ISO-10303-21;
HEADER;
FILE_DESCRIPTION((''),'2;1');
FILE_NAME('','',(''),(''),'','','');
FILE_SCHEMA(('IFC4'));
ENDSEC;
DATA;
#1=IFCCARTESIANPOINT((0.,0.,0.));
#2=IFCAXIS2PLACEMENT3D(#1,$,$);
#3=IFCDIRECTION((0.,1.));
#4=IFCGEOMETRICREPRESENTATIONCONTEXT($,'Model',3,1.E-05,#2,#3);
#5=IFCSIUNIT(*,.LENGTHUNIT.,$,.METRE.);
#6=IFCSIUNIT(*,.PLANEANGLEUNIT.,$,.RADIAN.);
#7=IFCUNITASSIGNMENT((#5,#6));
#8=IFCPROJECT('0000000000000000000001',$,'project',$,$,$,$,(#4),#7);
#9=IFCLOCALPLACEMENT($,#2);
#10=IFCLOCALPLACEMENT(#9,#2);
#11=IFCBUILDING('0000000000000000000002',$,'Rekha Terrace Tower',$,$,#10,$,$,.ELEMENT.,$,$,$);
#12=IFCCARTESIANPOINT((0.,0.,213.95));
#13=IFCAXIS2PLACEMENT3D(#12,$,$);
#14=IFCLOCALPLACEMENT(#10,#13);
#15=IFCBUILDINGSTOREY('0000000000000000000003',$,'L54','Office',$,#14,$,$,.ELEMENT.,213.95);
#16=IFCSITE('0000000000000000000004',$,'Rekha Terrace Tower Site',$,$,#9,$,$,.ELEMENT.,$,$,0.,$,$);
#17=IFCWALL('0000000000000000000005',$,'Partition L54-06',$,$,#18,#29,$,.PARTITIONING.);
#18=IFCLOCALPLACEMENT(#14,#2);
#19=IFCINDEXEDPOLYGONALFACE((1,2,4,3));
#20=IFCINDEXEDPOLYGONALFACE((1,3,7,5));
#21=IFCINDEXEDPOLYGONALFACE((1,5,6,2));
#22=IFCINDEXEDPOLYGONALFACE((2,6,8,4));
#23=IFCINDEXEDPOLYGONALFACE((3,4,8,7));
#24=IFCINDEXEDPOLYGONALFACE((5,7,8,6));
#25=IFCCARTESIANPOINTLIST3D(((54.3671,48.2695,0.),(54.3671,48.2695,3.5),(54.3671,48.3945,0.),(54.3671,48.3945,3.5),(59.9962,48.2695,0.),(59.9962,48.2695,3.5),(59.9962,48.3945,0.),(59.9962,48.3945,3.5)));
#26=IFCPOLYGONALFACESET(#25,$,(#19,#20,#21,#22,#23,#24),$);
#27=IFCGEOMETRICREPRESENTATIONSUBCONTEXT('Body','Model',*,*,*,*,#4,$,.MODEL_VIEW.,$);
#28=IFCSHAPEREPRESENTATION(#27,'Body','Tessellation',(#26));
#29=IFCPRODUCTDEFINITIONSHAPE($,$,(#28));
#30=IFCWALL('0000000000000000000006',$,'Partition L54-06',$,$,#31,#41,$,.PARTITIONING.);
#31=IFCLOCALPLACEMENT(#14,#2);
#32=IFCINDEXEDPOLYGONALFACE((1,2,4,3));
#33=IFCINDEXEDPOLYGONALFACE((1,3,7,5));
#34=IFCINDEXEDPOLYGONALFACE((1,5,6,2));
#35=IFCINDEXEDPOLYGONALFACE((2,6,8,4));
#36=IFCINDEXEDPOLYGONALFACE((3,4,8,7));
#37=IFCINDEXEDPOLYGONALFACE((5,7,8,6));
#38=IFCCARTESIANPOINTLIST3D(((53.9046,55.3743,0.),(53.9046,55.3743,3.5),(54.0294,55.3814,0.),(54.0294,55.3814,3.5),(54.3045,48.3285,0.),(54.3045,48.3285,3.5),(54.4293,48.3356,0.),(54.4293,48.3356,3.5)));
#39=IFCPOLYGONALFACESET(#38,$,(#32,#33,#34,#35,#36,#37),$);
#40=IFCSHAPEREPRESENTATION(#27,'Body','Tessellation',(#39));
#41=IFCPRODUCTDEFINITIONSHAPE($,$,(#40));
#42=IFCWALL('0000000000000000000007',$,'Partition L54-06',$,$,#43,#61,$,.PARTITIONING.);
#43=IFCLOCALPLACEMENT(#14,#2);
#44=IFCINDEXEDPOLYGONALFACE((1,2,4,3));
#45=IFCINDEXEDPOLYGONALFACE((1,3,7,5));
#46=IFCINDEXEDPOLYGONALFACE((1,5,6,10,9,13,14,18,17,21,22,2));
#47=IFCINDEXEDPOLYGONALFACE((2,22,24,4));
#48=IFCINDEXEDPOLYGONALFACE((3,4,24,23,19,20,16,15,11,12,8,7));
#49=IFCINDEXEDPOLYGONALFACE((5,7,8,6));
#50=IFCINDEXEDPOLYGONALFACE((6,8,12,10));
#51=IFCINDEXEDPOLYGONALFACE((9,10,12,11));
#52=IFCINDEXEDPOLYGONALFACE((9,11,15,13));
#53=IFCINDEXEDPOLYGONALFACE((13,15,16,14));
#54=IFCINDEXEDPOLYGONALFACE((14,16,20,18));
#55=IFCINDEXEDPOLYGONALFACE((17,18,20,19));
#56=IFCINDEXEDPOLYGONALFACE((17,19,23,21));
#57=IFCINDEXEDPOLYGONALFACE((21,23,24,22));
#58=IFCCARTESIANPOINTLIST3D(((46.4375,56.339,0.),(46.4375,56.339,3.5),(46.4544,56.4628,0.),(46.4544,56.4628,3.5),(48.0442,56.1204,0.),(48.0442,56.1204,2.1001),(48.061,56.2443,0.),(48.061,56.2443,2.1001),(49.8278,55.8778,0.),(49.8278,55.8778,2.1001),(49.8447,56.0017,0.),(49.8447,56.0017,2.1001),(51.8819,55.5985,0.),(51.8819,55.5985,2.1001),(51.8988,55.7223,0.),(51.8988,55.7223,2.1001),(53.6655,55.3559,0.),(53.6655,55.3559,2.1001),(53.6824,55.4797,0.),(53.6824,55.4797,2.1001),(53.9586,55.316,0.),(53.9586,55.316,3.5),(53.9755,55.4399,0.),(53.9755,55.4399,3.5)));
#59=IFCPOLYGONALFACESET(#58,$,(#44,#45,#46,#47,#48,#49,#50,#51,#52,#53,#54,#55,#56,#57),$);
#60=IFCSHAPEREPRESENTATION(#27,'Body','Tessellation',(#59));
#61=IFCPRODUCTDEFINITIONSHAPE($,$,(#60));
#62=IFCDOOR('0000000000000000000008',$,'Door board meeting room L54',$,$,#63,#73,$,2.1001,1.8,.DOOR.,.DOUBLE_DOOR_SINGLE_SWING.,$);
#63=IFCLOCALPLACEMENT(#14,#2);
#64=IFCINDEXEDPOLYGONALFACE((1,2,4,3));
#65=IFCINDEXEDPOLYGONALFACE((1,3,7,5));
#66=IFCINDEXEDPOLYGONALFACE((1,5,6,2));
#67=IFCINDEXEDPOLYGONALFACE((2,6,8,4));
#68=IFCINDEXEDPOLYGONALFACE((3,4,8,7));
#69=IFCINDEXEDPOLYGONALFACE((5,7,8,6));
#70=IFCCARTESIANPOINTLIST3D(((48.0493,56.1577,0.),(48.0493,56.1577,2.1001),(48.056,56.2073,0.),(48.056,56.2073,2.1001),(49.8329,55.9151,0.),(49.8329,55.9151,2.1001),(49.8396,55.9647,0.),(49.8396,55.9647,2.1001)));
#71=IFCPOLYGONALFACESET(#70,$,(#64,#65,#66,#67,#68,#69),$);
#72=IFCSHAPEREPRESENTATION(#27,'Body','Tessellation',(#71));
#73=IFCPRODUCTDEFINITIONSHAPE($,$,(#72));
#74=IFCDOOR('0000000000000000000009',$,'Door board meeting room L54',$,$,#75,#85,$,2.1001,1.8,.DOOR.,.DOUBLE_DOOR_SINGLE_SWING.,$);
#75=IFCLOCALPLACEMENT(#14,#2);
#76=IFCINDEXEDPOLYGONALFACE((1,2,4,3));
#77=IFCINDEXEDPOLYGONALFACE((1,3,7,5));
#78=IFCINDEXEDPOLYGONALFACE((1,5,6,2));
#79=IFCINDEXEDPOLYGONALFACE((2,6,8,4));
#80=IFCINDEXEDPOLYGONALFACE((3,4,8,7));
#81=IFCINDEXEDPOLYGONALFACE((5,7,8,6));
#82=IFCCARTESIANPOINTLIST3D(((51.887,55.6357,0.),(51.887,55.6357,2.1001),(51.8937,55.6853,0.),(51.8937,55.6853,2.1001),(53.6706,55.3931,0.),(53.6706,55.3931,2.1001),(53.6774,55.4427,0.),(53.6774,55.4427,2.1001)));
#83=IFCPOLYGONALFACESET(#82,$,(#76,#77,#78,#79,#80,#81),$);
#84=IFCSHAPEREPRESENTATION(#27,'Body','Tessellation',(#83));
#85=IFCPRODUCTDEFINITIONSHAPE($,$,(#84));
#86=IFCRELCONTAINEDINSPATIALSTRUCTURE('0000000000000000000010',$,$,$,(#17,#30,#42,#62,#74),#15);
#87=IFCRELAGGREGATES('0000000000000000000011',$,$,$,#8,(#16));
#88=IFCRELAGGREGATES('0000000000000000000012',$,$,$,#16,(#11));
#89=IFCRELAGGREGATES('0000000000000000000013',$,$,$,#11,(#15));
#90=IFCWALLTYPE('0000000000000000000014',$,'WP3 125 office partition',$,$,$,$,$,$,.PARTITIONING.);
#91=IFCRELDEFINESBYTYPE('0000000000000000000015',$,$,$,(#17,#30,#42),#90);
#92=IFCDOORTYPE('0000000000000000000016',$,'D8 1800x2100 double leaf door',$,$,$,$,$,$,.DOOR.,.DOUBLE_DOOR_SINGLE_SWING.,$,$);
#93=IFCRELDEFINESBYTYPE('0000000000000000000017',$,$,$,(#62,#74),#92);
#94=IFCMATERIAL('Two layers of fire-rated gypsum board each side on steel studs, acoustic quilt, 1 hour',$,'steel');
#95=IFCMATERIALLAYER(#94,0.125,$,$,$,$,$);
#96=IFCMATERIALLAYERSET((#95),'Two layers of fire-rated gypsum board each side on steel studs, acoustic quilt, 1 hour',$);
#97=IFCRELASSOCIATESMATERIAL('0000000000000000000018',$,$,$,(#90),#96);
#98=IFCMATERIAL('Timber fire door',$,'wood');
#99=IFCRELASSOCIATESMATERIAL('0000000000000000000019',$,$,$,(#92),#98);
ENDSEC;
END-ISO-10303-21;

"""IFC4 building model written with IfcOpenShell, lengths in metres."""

from ifc_helpers import new_model, si_unit, direction, frame, frame_2d, origin, place, context, subcontext, project, spatial, rectangle, extrude, material, layer, layer_set, type_object, element, fill, save


model = new_model("IFC4")

# Units and contexts
model_context = context("Model", 3, precision=1e-05, world=origin(), true_north=direction((0.0, 1.0)))
body_context = subcontext(model_context, "Body", "Model", "MODEL_VIEW")
ifc_project = project(units=[si_unit("LENGTHUNIT", "METRE"), si_unit("PLANEANGLEUNIT", "RADIAN")], contexts=[model_context])

# Site, building, storey
site_placement = place(None, origin())
site = spatial("IfcSite", under=ifc_project, at=site_placement, Name="Rekha Terrace Tower Site", CompositionType="ELEMENT", RefElevation=0.0)
building_placement = place(site_placement, origin())
building = spatial("IfcBuilding", under=site, at=building_placement, Name="Rekha Terrace Tower", CompositionType="ELEMENT")
storey_placement = place(building_placement, frame((0.0, 0.0, 213.95)))
storey = spatial("IfcBuildingStorey", under=building, at=storey_placement, Name="L54", Description="Office", CompositionType="ELEMENT", Elevation=213.95)

# Walls
ifc_material_1 = material(Name="Two layers of fire-rated gypsum board each side on steel studs, acoustic quilt, 1 hour", Category="steel")
ifc_layer_1 = layer(ifc_material_1, 0.125)
ifc_layer_set_1 = layer_set([ifc_layer_1], Name="Two layers of fire-rated gypsum board each side on steel studs, acoustic quilt, 1 hour")
wall_type = type_object("IfcWallType", Name="WP3 125 office partition", PredefinedType="PARTITIONING", material=ifc_layer_set_1)
wall_1_placement = place(storey_placement, frame((59.9961, 48.332, 0.0), z_axis=(0.0, 0.0, 1.0), x_axis=(-1.0, 0.0, 0.0)))
element("IfcWall", 1, at=wall_1_placement, inside=storey, type_object=wall_type, Name="Partition L54-06", PredefinedType="PARTITIONING", context=body_context, shape_type="SweptSolid", body=[
    extrude(rectangle(XDim=5.6292, YDim=0.125, at=frame_2d((2.8145, 0.0))), origin(), (0.0, 0.0, 1.0), 3.5),
])
wall_2_placement = place(storey_placement, frame((54.3669, 48.332, 0.0), z_axis=(0.0, 0.0, 1.0), x_axis=(-0.056666, 0.998393, 0.0)))
element("IfcWall", 2, at=wall_2_placement, inside=storey, type_object=wall_type, Name="Partition L54-06", PredefinedType="PARTITIONING", context=body_context, shape_type="SweptSolid", body=[
    extrude(rectangle(XDim=7.0571, YDim=0.125, at=frame_2d((3.5286, 0.0))), origin(), (0.0, 0.0, 1.0), 3.5),
])

# Wall, openings, doors
wall_3_placement = place(storey_placement, frame((53.967, 55.3779, 0.0), z_axis=(0.0, 0.0, 1.0), x_axis=(-0.990877, 0.134772, 0.0)))
wall_3 = element("IfcWall", 3, at=wall_3_placement, inside=storey, type_object=wall_type, Name="Partition L54-06", PredefinedType="PARTITIONING", context=body_context, shape_type="SweptSolid", body=[
    extrude(rectangle(XDim=7.5903, YDim=0.125, at=frame_2d((3.7952, 0.0))), origin(), (0.0, 0.0, 1.0), 3.5),
])
opening_1_placement = place(wall_3_placement, frame((4.1689, 0.0, 0.0)))
opening_1 = element("IfcOpeningElement", 4, at=opening_1_placement, cuts=wall_3, PredefinedType="OPENING", context=body_context, shape_type="SweptSolid", body=[
    extrude(rectangle(XDim=1.8, YDim=2.1001, at=frame_2d((0.8999, 1.05))), frame((0.0, 0.0725, 0.0), z_axis=(0.0, -1.0, 0.0), x_axis=(1.0, 0.0, 0.0)), (0.0, 0.0, 1.0), 0.145),
])
opening_2_placement = place(wall_3_placement, frame((0.2959, 0.0, 0.0)))
opening_2 = element("IfcOpeningElement", 5, at=opening_2_placement, cuts=wall_3, PredefinedType="OPENING", context=body_context, shape_type="SweptSolid", body=[
    extrude(rectangle(XDim=1.8, YDim=2.1001, at=frame_2d((0.8999, 1.05))), frame((0.0, 0.0725, 0.0), z_axis=(0.0, -1.0, 0.0), x_axis=(1.0, 0.0, 0.0)), (0.0, 0.0, 1.0), 0.145),
])
ifc_material_2 = material(Name="Timber fire door", Category="wood")
door_type = type_object("IfcDoorType", Name="D8 1800x2100 double leaf door", OperationType="DOUBLE_DOOR_SINGLE_SWING", PredefinedType="DOOR", material=ifc_material_2)
door_1_placement = place(opening_1_placement, origin())
door_1 = element("IfcDoor", 6, at=door_1_placement, inside=storey, type_object=door_type, Name="Door board meeting room L54", OperationType="DOUBLE_DOOR_SINGLE_SWING", OverallHeight=2.1001, OverallWidth=1.8, PredefinedType="DOOR", context=body_context, shape_type="SweptSolid", body=[
    extrude(rectangle(XDim=1.8, YDim=2.1001, at=frame_2d((0.8999, 1.05))), frame((0.0, 0.0249, 0.0), z_axis=(0.0, -1.0, 0.0), x_axis=(1.0, 0.0, 0.0)), (0.0, 0.0, 1.0), 0.05),
])
fill(opening_1, door_1)
door_2_placement = place(opening_2_placement, origin())
door_2 = element("IfcDoor", 7, at=door_2_placement, inside=storey, type_object=door_type, Name="Door board meeting room L54", OperationType="DOUBLE_DOOR_SINGLE_SWING", OverallHeight=2.1001, OverallWidth=1.8, PredefinedType="DOOR", context=body_context, shape_type="SweptSolid", body=[
    extrude(rectangle(XDim=1.8, YDim=2.1001, at=frame_2d((0.8999, 1.05))), frame((0.0, 0.0249, 0.0), z_axis=(0.0, -1.0, 0.0), x_axis=(1.0, 0.0, 0.0)), (0.0, 0.0, 1.0), 0.05),
])
fill(opening_2, door_2)

save(model, "model.ifc")
